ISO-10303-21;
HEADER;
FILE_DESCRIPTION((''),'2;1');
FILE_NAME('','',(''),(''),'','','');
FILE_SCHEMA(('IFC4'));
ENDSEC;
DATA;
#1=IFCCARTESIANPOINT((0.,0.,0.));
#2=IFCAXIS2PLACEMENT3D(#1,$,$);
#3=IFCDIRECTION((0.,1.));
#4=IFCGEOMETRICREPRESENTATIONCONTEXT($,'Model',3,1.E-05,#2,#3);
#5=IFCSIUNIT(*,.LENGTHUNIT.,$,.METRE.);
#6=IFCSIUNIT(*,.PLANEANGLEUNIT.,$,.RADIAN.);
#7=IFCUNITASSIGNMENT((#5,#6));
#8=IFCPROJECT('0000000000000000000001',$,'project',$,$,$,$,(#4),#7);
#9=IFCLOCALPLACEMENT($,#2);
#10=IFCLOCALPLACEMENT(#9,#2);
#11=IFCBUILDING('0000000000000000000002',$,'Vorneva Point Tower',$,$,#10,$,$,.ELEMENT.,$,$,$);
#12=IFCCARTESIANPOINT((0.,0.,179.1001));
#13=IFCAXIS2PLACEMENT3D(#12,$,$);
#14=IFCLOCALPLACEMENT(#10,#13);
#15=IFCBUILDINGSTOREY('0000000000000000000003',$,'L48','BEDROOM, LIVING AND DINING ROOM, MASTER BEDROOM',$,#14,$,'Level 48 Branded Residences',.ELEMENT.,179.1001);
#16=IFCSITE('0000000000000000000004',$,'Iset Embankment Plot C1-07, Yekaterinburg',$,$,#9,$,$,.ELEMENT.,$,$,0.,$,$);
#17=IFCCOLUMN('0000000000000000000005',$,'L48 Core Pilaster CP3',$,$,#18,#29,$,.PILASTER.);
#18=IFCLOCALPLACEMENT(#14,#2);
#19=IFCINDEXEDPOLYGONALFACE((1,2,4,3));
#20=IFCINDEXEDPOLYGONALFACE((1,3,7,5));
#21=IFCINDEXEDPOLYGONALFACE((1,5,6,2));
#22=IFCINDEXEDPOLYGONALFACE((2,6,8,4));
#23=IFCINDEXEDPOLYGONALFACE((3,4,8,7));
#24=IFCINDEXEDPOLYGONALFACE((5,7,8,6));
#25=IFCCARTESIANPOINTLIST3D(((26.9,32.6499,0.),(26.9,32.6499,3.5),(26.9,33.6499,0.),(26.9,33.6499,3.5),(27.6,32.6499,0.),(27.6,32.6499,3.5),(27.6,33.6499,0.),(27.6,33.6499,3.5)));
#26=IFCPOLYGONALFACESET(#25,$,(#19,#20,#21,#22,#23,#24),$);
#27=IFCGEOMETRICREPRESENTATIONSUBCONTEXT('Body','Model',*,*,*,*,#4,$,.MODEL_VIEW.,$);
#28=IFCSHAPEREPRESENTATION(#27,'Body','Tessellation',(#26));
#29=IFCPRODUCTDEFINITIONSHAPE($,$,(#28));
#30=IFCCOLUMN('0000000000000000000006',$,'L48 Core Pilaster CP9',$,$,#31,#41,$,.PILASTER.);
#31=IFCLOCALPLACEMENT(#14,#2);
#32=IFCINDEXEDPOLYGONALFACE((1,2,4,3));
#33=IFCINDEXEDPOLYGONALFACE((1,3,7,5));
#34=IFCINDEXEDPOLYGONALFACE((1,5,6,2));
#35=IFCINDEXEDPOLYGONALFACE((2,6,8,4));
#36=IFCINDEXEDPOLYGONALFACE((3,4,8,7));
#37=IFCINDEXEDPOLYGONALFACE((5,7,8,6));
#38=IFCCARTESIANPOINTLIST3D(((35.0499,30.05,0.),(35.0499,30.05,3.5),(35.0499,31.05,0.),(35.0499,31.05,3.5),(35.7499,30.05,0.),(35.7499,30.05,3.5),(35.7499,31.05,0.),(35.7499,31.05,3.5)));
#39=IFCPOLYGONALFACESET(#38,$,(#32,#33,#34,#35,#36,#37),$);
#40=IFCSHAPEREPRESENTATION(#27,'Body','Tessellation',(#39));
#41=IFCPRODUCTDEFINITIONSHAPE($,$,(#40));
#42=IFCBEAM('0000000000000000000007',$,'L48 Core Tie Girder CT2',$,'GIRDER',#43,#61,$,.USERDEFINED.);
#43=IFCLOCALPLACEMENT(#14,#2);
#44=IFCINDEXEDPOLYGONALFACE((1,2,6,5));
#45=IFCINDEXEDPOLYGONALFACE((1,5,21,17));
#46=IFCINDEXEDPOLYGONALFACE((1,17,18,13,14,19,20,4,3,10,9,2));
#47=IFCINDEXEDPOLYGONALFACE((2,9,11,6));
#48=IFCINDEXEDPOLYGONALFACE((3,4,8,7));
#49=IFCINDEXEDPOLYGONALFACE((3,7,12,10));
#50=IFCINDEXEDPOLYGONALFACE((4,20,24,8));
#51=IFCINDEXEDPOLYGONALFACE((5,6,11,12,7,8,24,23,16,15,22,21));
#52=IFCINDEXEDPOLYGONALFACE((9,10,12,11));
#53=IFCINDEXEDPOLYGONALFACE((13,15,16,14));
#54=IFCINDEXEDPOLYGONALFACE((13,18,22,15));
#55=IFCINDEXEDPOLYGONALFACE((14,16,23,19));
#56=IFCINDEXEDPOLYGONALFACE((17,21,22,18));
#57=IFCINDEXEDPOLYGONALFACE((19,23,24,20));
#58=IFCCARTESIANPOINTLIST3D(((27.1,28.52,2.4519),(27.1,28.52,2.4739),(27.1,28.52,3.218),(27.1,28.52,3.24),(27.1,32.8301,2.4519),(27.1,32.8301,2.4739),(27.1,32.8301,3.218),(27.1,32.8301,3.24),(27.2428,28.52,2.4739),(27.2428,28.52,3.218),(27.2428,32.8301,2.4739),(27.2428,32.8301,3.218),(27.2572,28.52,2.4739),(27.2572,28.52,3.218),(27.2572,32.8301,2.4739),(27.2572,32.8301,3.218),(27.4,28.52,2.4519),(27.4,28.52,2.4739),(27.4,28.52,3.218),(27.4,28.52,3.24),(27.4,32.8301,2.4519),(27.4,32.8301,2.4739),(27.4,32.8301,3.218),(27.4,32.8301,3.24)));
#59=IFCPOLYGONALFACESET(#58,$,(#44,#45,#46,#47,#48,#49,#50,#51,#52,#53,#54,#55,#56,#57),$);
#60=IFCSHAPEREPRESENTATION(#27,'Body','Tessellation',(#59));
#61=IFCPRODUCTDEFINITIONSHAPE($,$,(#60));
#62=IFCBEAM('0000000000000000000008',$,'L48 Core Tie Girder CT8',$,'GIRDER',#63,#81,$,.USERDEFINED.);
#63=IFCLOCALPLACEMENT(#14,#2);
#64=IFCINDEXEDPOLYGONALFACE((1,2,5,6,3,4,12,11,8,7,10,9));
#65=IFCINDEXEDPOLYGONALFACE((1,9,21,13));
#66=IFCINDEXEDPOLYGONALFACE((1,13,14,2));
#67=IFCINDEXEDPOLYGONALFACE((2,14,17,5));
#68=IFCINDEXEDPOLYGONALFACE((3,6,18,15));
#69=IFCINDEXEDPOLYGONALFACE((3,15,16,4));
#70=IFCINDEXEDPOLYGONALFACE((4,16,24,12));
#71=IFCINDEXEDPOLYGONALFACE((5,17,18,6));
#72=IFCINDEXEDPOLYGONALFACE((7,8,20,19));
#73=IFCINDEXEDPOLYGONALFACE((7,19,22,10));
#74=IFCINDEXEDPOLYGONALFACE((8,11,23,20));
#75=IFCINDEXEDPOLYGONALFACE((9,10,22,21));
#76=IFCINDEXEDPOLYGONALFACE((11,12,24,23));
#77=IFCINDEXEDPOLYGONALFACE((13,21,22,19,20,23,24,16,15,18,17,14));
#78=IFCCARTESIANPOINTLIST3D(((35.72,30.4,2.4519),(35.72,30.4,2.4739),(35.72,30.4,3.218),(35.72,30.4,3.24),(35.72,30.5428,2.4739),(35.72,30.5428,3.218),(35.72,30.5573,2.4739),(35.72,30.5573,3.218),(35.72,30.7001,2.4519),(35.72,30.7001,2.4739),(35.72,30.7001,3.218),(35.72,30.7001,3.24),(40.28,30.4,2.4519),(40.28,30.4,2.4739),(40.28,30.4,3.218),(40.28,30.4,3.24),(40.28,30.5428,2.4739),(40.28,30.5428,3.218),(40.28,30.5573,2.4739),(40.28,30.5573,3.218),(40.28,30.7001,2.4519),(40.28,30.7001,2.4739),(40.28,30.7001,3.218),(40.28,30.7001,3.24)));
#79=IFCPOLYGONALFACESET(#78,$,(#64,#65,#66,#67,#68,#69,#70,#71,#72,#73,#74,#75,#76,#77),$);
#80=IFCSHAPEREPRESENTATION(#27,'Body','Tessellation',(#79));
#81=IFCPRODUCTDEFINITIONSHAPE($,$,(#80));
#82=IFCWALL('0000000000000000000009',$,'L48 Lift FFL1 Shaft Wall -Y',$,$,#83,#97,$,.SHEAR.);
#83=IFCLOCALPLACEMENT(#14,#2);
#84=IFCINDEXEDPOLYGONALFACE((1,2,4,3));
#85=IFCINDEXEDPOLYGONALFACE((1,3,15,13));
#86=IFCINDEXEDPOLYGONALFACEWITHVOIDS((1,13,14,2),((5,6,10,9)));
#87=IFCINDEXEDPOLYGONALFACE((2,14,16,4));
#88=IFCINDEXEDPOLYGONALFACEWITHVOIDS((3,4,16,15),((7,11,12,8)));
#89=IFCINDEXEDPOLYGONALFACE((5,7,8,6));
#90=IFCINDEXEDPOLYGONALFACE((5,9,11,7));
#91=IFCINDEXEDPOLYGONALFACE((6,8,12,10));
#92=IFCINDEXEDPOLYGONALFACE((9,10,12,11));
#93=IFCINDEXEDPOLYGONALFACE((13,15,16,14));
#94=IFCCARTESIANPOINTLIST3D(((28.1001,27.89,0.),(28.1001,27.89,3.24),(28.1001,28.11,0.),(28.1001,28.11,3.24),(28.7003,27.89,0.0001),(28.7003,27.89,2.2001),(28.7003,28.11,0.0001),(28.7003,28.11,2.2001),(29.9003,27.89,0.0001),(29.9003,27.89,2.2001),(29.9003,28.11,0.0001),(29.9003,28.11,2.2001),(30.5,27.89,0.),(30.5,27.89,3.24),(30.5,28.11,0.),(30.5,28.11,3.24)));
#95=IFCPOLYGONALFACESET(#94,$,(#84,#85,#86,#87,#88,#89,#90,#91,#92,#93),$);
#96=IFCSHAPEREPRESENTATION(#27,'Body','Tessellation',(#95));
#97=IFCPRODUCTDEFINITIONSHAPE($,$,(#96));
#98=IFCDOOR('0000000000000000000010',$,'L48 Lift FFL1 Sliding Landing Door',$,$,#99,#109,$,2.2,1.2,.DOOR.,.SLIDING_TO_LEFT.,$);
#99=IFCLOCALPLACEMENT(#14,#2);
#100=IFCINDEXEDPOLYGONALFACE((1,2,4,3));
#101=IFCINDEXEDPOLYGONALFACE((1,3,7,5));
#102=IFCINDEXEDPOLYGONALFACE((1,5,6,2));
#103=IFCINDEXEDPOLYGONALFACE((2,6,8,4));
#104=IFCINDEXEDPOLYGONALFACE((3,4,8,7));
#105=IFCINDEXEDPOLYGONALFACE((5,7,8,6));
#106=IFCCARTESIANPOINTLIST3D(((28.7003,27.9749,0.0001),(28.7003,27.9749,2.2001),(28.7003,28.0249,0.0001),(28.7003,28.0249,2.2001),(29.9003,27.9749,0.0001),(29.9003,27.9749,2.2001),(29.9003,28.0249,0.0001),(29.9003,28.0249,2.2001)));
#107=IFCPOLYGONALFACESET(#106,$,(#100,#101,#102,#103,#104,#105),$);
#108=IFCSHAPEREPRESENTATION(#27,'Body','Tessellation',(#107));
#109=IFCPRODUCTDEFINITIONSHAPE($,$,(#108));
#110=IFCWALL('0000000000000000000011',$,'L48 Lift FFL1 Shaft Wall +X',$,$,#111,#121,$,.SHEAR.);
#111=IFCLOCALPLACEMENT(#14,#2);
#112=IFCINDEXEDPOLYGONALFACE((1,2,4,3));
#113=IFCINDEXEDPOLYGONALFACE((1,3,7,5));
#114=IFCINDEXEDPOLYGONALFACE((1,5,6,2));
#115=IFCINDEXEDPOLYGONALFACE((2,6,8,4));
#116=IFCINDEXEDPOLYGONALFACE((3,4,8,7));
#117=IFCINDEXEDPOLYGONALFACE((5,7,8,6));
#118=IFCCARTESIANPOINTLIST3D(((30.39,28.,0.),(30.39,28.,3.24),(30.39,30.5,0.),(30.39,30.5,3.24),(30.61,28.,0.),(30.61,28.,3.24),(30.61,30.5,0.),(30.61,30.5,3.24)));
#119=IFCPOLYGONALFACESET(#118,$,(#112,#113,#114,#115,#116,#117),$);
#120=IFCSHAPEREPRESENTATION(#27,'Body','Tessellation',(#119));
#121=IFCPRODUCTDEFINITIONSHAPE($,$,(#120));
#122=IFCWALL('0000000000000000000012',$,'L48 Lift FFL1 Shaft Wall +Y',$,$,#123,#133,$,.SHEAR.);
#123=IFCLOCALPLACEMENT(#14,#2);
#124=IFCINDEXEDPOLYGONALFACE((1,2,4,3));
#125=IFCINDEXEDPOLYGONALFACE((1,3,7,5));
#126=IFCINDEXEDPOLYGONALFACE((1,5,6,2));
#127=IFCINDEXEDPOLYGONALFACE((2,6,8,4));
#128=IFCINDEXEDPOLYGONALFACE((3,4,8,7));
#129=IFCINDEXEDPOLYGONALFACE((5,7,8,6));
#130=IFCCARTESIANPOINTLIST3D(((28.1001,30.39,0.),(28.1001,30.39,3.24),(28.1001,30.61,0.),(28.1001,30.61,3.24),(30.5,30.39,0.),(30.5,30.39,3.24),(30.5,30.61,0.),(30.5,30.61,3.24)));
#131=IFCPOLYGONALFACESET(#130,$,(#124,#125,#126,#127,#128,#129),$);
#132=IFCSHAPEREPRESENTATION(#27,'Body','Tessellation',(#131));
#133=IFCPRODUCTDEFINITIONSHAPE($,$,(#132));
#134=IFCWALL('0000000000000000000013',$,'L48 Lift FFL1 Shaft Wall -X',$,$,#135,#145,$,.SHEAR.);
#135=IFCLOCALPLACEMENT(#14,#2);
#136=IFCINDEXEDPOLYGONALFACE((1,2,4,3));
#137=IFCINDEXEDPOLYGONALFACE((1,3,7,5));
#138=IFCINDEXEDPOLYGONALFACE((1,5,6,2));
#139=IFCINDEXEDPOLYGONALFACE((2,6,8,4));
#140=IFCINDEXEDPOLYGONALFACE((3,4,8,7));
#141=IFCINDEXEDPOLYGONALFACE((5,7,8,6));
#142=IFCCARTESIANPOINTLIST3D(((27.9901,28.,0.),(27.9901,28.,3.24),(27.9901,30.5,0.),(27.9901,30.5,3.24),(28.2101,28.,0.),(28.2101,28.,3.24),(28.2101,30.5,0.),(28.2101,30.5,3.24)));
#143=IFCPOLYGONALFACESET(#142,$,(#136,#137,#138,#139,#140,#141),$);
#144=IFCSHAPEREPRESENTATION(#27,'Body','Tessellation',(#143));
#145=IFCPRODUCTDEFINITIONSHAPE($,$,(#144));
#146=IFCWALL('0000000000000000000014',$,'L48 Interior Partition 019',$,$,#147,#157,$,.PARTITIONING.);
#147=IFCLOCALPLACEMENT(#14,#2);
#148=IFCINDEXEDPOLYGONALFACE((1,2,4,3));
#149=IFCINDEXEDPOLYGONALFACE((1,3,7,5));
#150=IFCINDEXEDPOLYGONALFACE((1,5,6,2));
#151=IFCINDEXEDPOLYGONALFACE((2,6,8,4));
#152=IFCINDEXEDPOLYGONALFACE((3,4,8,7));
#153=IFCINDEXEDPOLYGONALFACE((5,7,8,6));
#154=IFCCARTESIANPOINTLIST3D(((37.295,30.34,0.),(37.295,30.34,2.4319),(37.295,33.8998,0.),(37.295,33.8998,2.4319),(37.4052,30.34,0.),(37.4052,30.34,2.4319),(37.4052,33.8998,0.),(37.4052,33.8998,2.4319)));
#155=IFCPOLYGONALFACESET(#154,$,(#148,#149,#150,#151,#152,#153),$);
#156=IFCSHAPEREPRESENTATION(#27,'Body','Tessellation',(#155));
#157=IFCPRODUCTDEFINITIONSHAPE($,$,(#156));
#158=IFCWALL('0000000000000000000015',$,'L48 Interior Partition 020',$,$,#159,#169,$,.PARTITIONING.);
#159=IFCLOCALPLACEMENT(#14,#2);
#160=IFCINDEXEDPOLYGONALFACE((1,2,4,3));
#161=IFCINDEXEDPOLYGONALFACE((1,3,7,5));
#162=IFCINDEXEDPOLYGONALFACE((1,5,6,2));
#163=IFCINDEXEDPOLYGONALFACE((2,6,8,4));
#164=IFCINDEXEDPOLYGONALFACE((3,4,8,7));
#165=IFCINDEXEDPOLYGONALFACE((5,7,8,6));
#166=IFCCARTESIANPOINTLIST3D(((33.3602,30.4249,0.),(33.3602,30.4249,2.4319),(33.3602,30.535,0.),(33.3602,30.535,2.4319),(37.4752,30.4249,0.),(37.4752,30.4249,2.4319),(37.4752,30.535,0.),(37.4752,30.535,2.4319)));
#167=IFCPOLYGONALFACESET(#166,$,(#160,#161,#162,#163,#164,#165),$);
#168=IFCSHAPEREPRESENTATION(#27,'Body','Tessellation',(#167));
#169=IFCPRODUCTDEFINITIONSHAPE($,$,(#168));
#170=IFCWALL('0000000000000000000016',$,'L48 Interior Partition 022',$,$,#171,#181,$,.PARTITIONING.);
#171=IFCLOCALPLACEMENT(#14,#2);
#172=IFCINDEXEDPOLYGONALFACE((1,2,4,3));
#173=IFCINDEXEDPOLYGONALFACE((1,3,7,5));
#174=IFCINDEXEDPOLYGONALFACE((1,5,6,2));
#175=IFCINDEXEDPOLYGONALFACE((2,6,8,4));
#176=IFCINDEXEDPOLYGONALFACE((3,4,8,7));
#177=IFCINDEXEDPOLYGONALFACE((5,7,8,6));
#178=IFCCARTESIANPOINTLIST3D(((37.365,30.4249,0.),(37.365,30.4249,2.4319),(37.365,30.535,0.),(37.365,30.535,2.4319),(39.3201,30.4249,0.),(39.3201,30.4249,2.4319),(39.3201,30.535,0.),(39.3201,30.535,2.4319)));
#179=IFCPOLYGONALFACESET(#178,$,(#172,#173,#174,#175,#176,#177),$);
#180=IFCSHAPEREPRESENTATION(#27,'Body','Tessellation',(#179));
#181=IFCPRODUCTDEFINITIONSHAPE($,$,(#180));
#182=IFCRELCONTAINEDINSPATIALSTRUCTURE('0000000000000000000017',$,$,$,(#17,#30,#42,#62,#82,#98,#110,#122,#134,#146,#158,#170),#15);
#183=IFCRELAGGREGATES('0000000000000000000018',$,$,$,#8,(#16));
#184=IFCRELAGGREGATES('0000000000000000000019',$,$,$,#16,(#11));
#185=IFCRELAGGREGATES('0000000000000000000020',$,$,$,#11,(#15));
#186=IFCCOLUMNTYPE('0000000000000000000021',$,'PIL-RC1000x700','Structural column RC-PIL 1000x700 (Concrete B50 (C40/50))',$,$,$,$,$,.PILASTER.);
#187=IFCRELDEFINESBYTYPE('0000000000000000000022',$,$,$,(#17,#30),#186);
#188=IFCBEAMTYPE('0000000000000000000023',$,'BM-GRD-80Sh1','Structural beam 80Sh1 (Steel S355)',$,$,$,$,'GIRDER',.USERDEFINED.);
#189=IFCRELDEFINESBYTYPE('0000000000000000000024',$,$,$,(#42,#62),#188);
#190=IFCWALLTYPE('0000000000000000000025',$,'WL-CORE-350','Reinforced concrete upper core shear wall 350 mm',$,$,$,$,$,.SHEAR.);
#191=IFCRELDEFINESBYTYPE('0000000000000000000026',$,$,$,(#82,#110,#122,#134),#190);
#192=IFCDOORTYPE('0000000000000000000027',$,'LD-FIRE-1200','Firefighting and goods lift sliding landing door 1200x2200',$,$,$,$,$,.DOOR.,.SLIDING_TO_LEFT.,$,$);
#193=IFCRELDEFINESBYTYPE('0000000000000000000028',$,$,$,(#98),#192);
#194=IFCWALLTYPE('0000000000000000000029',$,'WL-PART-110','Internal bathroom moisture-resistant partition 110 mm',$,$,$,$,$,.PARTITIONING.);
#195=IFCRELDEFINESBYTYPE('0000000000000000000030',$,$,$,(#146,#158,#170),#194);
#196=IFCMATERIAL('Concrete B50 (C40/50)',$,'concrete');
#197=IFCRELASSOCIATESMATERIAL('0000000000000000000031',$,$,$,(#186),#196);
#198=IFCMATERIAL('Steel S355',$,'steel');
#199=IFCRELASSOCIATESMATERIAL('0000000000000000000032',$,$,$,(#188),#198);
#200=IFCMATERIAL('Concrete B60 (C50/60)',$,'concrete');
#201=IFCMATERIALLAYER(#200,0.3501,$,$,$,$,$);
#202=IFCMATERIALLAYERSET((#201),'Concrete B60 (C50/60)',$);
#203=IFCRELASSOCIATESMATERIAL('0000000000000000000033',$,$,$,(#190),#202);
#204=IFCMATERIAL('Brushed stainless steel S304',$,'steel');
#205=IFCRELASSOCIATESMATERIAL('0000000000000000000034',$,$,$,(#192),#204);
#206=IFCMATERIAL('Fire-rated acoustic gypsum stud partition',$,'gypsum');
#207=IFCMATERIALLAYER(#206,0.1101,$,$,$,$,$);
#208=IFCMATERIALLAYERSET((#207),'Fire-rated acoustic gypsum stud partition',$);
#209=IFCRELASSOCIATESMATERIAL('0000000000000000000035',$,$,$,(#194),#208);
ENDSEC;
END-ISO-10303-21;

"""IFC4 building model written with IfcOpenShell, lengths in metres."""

from ifc_helpers import new_model, si_unit, direction, frame, frame_2d, origin, origin_2d, place, context, subcontext, project, spatial, rectangle, i_section, extrude, material, layer, layer_set, material_profile, profile_set, type_object, element, fill, save


model = new_model("IFC4")

# Units and contexts
model_context = context("Model", 3, precision=1e-05, world=origin(), true_north=direction((0.0, 1.0)))
body_context = subcontext(model_context, "Body", "Model", "MODEL_VIEW")
ifc_project = project(units=[si_unit("LENGTHUNIT", "METRE"), si_unit("PLANEANGLEUNIT", "RADIAN")], contexts=[model_context])

# Site, building, storey
site_placement = place(None, origin())
site = spatial("IfcSite", under=ifc_project, at=site_placement, Name="Iset Embankment Plot C1-07, Yekaterinburg", CompositionType="ELEMENT", RefElevation=0.0)
building_placement = place(site_placement, origin())
building = spatial("IfcBuilding", under=site, at=building_placement, Name="Vorneva Point Tower", CompositionType="ELEMENT")
storey_placement = place(building_placement, frame((0.0, 0.0, 179.1001)))
storey = spatial("IfcBuildingStorey", under=building, at=storey_placement, Name="L48", Description="BEDROOM, LIVING AND DINING ROOM, MASTER BEDROOM", LongName="Level 48 Branded Residences", CompositionType="ELEMENT", Elevation=179.1001)

# Columns
ifc_material_1 = material(Name="Concrete B50 (C40/50)", Category="concrete")
ifc_material_profile_1 = material_profile(ifc_material_1, rectangle(XDim=0.7, YDim=1.0, at=origin_2d()), Name="RC-PIL 1000x700")
ifc_profile_set_1 = profile_set([ifc_material_profile_1], Name="Concrete B50 (C40/50)")
column_type = type_object("IfcColumnType", Name="PIL-RC1000x700", Description="Structural column RC-PIL 1000x700 (Concrete B50 (C40/50))", PredefinedType="PILASTER", material=ifc_profile_set_1)
for number, where, z_axis, x_axis, name in (
    (1, (27.25, 33.1499, 0.0), (0.0, 0.0, 1.0), (1.0, 0.0, 0.0), "L48 Core Pilaster CP3"),
    (2, (35.3999, 30.55, 0.0), (0.0, 0.0, 1.0), (1.0, 0.0, 0.0), "L48 Core Pilaster CP9"),
):
    element("IfcColumn", number, at=place(storey_placement, frame(where, z_axis=z_axis, x_axis=x_axis)), inside=storey, type_object=column_type, Name=name, PredefinedType="PILASTER", context=body_context, shape_type="SweptSolid", body=[
        extrude(rectangle(XDim=0.7, YDim=1.0, at=origin_2d()), origin(), (0.0, 0.0, 1.0), 3.5),
    ])

# Beams
ifc_material_2 = material(Name="Steel S355", Category="steel")
ifc_material_profile_2 = material_profile(ifc_material_2, i_section(OverallWidth=0.3, OverallDepth=0.7881, WebThickness=0.0144, FlangeThickness=0.022, at=origin_2d()), Name="80Sh1")
ifc_profile_set_2 = profile_set([ifc_material_profile_2], Name="Steel S355")
beam_type = type_object("IfcBeamType", Name="BM-GRD-80Sh1", Description="Structural beam 80Sh1 (Steel S355)", ElementType="GIRDER", PredefinedType="USERDEFINED", material=ifc_profile_set_2)
beam_1_placement = place(storey_placement, frame((27.25, 28.52, 2.8459), z_axis=(0.0, 1.0, 0.0), x_axis=(-1.0, 0.0, 0.0)))
element("IfcBeam", 3, at=beam_1_placement, inside=storey, type_object=beam_type, Name="L48 Core Tie Girder CT2", ObjectType="GIRDER", PredefinedType="USERDEFINED", context=body_context, shape_type="SweptSolid", body=[
    extrude(i_section(OverallWidth=0.3, OverallDepth=0.7881, WebThickness=0.0144, FlangeThickness=0.022, at=origin_2d()), origin(), (0.0, 0.0, 1.0), 4.3101),
])
beam_2_placement = place(storey_placement, frame((35.72, 30.55, 2.8459), z_axis=(1.0, 0.0, 0.0), x_axis=(0.0, 1.0, 0.0)))
element("IfcBeam", 4, at=beam_2_placement, inside=storey, type_object=beam_type, Name="L48 Core Tie Girder CT8", ObjectType="GIRDER", PredefinedType="USERDEFINED", context=body_context, shape_type="SweptSolid", body=[
    extrude(i_section(OverallWidth=0.3, OverallDepth=0.7881, WebThickness=0.0144, FlangeThickness=0.022, at=origin_2d()), origin(), (0.0, 0.0, 1.0), 4.5601),
])

# Wall, opening, door
ifc_material_3 = material(Name="Concrete B60 (C50/60)", Category="concrete")
ifc_layer_1 = layer(ifc_material_3, 0.3501)
ifc_layer_set_1 = layer_set([ifc_layer_1], Name="Concrete B60 (C50/60)")
wall_type_1 = type_object("IfcWallType", Name="WL-CORE-350", Description="Reinforced concrete upper core shear wall 350 mm", PredefinedType="SHEAR", material=ifc_layer_set_1)
wall_1_placement = place(storey_placement, frame((28.1001, 28.0, 0.0), z_axis=(0.0, 0.0, 1.0), x_axis=(1.0, 0.0, 0.0)))
wall_1 = element("IfcWall", 5, at=wall_1_placement, inside=storey, type_object=wall_type_1, Name="L48 Lift FFL1 Shaft Wall -Y", PredefinedType="SHEAR", context=body_context, shape_type="SweptSolid", body=[
    extrude(rectangle(XDim=2.3999, YDim=0.22, at=frame_2d((1.2, 0.0))), origin(), (0.0, 0.0, 1.0), 3.24),
])
opening_1_placement = place(wall_1_placement, frame((0.6001, 0.0, 0.0)))
opening_1 = element("IfcOpeningElement", 6, at=opening_1_placement, cuts=wall_1, PredefinedType="OPENING", context=body_context, shape_type="SweptSolid", body=[
    extrude(rectangle(XDim=1.2, YDim=2.2, at=frame_2d((0.6001, 1.1001))), frame((0.0, 0.125, 0.0), z_axis=(0.0, -1.0, 0.0), x_axis=(1.0, 0.0, 0.0)), (0.0, 0.0, 1.0), 0.2498),
])
ifc_material_4 = material(Name="Brushed stainless steel S304", Category="steel")
door_type_1 = type_object("IfcDoorType", Name="LD-FIRE-1200", Description="Firefighting and goods lift sliding landing door 1200x2200", OperationType="SLIDING_TO_LEFT", PredefinedType="DOOR", material=ifc_material_4)
door_1_placement = place(opening_1_placement, origin())
door_1 = element("IfcDoor", 7, at=door_1_placement, inside=storey, type_object=door_type_1, Name="L48 Lift FFL1 Sliding Landing Door", OperationType="SLIDING_TO_LEFT", OverallHeight=2.2, OverallWidth=1.2, PredefinedType="DOOR", context=body_context, shape_type="SweptSolid", body=[
    extrude(rectangle(XDim=1.2, YDim=2.2, at=frame_2d((0.6001, 1.1001))), frame((0.0, 0.0249, 0.0), z_axis=(0.0, -1.0, 0.0), x_axis=(1.0, 0.0, 0.0)), (0.0, 0.0, 1.0), 0.05),
])
fill(opening_1, door_1)

# Walls
wall_2_placement = place(storey_placement, frame((30.5, 28.0, 0.0), z_axis=(0.0, 0.0, 1.0), x_axis=(0.0, 1.0, 0.0)))
element("IfcWall", 8, at=wall_2_placement, inside=storey, type_object=wall_type_1, Name="L48 Lift FFL1 Shaft Wall +X", PredefinedType="SHEAR", context=body_context, shape_type="SweptSolid", body=[
    extrude(rectangle(XDim=2.5, YDim=0.22, at=frame_2d((1.25, 0.0))), origin(), (0.0, 0.0, 1.0), 3.24),
])
wall_3_placement = place(storey_placement, frame((30.5, 30.5, 0.0), z_axis=(0.0, 0.0, 1.0), x_axis=(-1.0, 0.0, 0.0)))
element("IfcWall", 9, at=wall_3_placement, inside=storey, type_object=wall_type_1, Name="L48 Lift FFL1 Shaft Wall +Y", PredefinedType="SHEAR", context=body_context, shape_type="SweptSolid", body=[
    extrude(rectangle(XDim=2.3999, YDim=0.22, at=frame_2d((1.2, 0.0))), origin(), (0.0, 0.0, 1.0), 3.24),
])
wall_4_placement = place(storey_placement, frame((28.1001, 30.5, 0.0), z_axis=(0.0, 0.0, 1.0), x_axis=(0.0, -1.0, 0.0)))
element("IfcWall", 10, at=wall_4_placement, inside=storey, type_object=wall_type_1, Name="L48 Lift FFL1 Shaft Wall -X", PredefinedType="SHEAR", context=body_context, shape_type="SweptSolid", body=[
    extrude(rectangle(XDim=2.5, YDim=0.22, at=frame_2d((1.25, 0.0))), origin(), (0.0, 0.0, 1.0), 3.24),
])
ifc_material_5 = material(Name="Fire-rated acoustic gypsum stud partition", Category="gypsum")
ifc_layer_2 = layer(ifc_material_5, 0.1101)
ifc_layer_set_2 = layer_set([ifc_layer_2], Name="Fire-rated acoustic gypsum stud partition")
wall_type_2 = type_object("IfcWallType", Name="WL-PART-110", Description="Internal bathroom moisture-resistant partition 110 mm", PredefinedType="PARTITIONING", material=ifc_layer_set_2)
wall_5_placement = place(storey_placement, frame((37.3501, 30.3401, 0.0), z_axis=(0.0, 0.0, 1.0), x_axis=(0.0, 1.0, 0.0)))
element("IfcWall", 11, at=wall_5_placement, inside=storey, type_object=wall_type_2, Name="L48 Interior Partition 019", PredefinedType="PARTITIONING", context=body_context, shape_type="SweptSolid", body=[
    extrude(rectangle(XDim=3.5598, YDim=0.1101, at=frame_2d((1.7798, 0.0))), origin(), (0.0, 0.0, 1.0), 2.4319),
])
wall_6_placement = place(storey_placement, frame((33.3601, 30.48, 0.0), z_axis=(0.0, 0.0, 1.0), x_axis=(1.0, 0.0, 0.0)))
element("IfcWall", 12, at=wall_6_placement, inside=storey, type_object=wall_type_2, Name="L48 Interior Partition 020", PredefinedType="PARTITIONING", context=body_context, shape_type="SweptSolid", body=[
    extrude(rectangle(XDim=4.115, YDim=0.1101, at=frame_2d((2.0576, 0.0))), origin(), (0.0, 0.0, 1.0), 2.4319),
])
wall_7_placement = place(storey_placement, frame((37.365, 30.48, 0.0), z_axis=(0.0, 0.0, 1.0), x_axis=(1.0, 0.0, 0.0)))
element("IfcWall", 13, at=wall_7_placement, inside=storey, type_object=wall_type_2, Name="L48 Interior Partition 022", PredefinedType="PARTITIONING", context=body_context, shape_type="SweptSolid", body=[
    extrude(rectangle(XDim=1.9551, YDim=0.1101, at=frame_2d((0.9775, 0.0))), origin(), (0.0, 0.0, 1.0), 2.4319),
])

save(model, "model.ifc")
